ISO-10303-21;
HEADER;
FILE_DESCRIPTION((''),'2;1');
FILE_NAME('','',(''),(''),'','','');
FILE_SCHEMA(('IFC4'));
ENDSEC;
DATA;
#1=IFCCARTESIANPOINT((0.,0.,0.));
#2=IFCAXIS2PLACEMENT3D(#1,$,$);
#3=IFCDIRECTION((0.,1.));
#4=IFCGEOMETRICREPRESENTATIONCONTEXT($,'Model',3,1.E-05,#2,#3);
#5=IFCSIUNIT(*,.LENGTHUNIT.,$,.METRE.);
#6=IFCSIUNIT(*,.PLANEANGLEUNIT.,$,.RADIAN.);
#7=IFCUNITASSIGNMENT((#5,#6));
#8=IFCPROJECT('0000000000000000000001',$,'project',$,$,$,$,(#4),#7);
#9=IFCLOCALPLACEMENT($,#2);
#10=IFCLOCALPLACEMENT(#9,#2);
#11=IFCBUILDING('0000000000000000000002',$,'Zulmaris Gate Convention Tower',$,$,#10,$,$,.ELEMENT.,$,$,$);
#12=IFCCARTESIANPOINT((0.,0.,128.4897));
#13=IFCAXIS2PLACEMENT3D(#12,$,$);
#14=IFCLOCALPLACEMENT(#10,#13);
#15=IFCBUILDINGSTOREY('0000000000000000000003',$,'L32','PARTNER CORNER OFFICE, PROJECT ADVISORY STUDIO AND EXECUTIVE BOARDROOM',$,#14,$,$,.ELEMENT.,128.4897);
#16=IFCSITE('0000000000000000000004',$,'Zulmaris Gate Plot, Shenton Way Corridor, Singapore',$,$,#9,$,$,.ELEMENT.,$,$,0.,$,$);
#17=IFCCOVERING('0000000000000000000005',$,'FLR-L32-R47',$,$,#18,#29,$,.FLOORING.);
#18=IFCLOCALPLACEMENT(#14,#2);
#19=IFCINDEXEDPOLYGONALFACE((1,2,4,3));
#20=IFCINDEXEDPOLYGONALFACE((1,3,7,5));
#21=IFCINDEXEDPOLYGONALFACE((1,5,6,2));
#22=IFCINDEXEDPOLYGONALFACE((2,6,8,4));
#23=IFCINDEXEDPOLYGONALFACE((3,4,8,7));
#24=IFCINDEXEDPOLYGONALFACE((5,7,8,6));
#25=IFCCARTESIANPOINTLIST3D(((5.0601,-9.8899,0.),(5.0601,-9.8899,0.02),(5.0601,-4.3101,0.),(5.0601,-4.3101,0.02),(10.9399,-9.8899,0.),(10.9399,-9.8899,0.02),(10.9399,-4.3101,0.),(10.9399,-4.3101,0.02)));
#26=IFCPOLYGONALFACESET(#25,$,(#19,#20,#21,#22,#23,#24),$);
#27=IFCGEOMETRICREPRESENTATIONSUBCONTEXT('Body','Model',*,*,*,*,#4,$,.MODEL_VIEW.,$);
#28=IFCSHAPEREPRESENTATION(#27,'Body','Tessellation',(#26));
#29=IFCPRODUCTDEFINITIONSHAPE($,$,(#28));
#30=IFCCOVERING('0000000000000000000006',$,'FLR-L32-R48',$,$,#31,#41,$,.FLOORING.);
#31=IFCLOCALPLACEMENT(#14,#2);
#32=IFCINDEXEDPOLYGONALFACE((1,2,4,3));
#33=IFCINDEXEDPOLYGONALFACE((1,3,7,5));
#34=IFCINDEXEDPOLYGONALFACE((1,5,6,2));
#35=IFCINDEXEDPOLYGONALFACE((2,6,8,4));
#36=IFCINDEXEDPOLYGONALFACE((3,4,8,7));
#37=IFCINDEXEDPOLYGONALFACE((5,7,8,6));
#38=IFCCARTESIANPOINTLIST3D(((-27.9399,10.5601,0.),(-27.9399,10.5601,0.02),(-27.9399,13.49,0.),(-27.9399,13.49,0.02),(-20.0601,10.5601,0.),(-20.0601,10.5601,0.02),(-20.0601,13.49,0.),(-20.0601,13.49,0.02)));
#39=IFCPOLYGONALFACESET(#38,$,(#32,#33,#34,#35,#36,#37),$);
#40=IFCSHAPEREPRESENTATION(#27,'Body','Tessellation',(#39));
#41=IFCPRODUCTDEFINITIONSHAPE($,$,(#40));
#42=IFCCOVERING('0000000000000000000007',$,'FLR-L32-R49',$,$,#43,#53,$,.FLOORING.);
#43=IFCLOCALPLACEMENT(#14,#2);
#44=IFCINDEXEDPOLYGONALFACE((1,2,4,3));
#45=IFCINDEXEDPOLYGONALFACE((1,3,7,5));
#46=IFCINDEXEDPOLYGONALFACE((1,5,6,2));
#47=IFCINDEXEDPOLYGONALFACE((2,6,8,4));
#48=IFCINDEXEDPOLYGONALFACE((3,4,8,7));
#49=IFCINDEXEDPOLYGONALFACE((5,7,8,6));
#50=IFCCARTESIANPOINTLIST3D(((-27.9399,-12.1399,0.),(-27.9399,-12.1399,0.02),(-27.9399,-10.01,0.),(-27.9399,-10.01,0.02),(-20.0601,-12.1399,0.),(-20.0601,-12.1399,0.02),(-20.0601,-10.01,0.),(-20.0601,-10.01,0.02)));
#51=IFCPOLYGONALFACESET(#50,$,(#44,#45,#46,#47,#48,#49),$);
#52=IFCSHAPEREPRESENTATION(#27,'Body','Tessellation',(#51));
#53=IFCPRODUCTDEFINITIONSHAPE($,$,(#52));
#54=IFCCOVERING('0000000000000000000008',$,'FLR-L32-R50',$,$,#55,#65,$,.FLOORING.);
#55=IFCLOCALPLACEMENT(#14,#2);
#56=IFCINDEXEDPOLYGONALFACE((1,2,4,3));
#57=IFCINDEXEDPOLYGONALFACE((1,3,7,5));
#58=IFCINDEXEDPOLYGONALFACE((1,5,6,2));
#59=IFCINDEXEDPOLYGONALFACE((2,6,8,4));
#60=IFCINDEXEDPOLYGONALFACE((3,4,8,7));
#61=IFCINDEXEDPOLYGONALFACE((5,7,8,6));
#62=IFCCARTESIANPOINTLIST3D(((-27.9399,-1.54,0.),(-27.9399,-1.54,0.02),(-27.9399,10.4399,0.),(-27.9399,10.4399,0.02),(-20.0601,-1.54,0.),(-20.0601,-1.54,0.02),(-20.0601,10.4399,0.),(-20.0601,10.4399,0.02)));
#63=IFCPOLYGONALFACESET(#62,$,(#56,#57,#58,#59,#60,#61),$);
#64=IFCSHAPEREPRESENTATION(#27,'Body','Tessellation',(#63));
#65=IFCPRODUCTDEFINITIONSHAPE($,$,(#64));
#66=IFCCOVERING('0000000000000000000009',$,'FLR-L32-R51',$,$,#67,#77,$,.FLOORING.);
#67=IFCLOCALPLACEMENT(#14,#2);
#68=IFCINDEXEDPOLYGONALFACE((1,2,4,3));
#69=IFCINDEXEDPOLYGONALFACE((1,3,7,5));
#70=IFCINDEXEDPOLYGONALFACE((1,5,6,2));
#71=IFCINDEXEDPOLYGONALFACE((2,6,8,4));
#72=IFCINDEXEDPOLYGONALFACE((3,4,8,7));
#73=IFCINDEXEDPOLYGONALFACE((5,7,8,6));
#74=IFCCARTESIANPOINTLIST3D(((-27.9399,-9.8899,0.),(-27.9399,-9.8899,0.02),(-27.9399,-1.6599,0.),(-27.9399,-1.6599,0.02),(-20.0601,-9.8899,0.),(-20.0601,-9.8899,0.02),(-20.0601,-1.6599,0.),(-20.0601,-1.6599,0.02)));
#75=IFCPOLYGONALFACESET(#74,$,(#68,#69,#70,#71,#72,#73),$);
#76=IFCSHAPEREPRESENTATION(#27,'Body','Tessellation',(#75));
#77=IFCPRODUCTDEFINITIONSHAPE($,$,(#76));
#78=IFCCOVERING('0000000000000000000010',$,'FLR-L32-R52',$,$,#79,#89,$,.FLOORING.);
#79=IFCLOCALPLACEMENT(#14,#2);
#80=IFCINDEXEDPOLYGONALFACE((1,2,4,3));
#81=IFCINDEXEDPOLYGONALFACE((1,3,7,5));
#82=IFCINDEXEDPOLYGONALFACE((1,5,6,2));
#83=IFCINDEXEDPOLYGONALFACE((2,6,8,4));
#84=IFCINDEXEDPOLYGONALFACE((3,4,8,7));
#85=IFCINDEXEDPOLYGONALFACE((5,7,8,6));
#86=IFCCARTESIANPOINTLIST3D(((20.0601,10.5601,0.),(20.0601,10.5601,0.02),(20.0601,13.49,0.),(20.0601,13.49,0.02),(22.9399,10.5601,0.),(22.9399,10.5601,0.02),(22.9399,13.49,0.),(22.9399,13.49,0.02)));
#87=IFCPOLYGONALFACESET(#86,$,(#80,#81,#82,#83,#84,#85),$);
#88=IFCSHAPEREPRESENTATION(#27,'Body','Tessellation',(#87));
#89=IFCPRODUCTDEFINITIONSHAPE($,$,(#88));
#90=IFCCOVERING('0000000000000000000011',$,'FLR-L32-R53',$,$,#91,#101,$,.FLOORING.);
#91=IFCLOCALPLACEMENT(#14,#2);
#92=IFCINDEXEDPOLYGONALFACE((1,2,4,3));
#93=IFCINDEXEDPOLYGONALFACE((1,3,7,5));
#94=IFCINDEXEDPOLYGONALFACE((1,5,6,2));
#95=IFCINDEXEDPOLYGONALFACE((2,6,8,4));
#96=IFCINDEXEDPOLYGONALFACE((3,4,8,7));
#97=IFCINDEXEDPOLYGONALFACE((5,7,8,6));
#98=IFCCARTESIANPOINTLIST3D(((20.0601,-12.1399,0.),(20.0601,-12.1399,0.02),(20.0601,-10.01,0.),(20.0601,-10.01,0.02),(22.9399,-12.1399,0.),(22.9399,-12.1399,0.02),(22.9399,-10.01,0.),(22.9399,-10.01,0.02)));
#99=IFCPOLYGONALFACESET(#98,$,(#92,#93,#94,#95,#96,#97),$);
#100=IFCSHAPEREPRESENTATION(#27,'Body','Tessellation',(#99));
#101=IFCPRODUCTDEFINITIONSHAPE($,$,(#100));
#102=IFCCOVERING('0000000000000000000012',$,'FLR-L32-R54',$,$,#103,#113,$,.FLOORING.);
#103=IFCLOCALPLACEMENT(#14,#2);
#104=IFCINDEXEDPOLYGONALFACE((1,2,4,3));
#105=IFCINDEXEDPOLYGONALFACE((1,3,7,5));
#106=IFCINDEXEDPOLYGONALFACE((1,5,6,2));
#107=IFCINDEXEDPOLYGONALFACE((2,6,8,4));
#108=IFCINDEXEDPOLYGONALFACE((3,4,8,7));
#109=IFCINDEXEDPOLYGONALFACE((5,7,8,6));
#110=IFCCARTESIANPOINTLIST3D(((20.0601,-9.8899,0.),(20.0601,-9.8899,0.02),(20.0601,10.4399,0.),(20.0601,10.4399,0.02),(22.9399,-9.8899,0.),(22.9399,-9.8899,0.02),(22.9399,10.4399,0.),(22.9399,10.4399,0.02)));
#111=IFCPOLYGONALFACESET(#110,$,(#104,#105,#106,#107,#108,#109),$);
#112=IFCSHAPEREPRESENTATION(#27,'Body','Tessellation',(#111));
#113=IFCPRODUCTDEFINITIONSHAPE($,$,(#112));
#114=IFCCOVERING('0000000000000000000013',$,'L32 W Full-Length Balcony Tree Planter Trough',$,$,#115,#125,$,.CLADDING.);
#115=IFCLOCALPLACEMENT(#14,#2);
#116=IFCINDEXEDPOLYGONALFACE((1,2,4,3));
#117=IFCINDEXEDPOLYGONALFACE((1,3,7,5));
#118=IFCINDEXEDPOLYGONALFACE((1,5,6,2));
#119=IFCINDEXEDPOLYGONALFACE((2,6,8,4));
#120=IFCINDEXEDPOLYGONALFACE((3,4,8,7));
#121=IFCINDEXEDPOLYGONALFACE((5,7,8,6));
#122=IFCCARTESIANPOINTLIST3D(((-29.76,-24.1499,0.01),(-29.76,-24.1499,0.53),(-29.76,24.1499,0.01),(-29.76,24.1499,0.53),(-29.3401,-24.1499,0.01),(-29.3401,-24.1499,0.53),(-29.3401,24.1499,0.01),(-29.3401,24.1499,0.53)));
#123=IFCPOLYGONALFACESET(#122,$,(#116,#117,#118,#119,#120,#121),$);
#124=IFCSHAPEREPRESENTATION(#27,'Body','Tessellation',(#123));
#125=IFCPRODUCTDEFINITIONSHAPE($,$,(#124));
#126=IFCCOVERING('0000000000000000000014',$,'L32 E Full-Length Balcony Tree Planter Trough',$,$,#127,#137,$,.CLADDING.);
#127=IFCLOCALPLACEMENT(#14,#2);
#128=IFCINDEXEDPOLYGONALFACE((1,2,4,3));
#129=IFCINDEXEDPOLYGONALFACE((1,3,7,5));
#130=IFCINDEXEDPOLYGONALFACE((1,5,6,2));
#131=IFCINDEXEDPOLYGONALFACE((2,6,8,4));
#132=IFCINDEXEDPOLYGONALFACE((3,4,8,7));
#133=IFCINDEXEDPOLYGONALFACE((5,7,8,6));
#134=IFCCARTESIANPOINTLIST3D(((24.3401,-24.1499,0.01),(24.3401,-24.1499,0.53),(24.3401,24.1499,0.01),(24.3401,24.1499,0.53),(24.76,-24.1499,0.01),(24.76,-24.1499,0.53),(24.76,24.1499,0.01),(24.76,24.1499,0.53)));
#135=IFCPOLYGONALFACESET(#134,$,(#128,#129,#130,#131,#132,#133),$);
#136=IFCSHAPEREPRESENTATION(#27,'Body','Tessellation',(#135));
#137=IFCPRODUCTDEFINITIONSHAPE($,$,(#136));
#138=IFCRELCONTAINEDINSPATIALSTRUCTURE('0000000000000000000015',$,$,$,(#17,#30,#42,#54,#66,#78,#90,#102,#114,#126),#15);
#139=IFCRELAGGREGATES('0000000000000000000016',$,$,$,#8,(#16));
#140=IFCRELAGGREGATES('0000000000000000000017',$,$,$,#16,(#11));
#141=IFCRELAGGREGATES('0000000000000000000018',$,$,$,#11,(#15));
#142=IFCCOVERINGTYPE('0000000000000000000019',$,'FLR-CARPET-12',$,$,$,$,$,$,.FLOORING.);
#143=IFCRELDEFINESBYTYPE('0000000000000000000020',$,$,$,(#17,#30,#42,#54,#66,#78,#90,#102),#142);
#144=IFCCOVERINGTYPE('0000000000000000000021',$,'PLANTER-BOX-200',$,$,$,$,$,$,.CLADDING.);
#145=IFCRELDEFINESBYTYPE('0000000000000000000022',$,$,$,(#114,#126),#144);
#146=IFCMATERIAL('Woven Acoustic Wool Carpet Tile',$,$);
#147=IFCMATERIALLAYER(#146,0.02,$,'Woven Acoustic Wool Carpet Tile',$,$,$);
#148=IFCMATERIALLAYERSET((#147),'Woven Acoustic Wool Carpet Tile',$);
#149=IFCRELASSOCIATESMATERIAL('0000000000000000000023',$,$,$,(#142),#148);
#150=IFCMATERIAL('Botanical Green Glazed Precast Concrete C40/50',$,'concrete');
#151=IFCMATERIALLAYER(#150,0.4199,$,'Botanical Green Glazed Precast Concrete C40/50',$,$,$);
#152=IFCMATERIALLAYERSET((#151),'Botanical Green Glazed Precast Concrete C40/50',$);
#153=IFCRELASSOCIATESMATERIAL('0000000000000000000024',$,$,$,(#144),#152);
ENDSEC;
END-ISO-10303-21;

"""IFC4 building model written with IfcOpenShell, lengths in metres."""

from ifc_helpers import new_model, si_unit, direction, frame, origin, place, context, subcontext, project, spatial, polyline, outline, extrude, material, layer, layer_set, type_object, element, save


model = new_model("IFC4")

# Units and contexts
model_context = context("Model", 3, precision=1e-05, world=origin(), true_north=direction((0.0, 1.0)))
body_context = subcontext(model_context, "Body", "Model", "MODEL_VIEW")
ifc_project = project(units=[si_unit("LENGTHUNIT", "METRE"), si_unit("PLANEANGLEUNIT", "RADIAN")], contexts=[model_context])

# Site, building, storey
site_placement = place(None, origin())
site = spatial("IfcSite", under=ifc_project, at=site_placement, Name="Zulmaris Gate Plot, Shenton Way Corridor, Singapore", CompositionType="ELEMENT", RefElevation=0.0)
building_placement = place(site_placement, origin())
building = spatial("IfcBuilding", under=site, at=building_placement, Name="Zulmaris Gate Convention Tower", CompositionType="ELEMENT")
storey_placement = place(building_placement, frame((0.0, 0.0, 128.4897)))
storey = spatial("IfcBuildingStorey", under=building, at=storey_placement, Name="L32", Description="PARTNER CORNER OFFICE, PROJECT ADVISORY STUDIO AND EXECUTIVE BOARDROOM", CompositionType="ELEMENT", Elevation=128.4897)

# Coverings
ifc_material_1 = material(Name="Woven Acoustic Wool Carpet Tile")
ifc_layer_1 = layer(ifc_material_1, 0.02, Name="Woven Acoustic Wool Carpet Tile")
ifc_layer_set_1 = layer_set([ifc_layer_1], Name="Woven Acoustic Wool Carpet Tile")
covering_type_1 = type_object("IfcCoveringType", Name="FLR-CARPET-12", PredefinedType="FLOORING", material=ifc_layer_set_1)
covering_1_placement = place(storey_placement, origin())
element("IfcCovering", 1, at=covering_1_placement, inside=storey, type_object=covering_type_1, Name="FLR-L32-R47", PredefinedType="FLOORING", context=body_context, shape_type="SweptSolid", body=[
    extrude(outline(polyline([(5.0601, -9.8899), (10.9399, -9.8899), (10.9399, -4.3101), (5.0601, -4.3101), (5.0601, -9.8899)])), origin(), (0.0, 0.0, 1.0), 0.02),
])
covering_2_placement = place(storey_placement, origin())
element("IfcCovering", 2, at=covering_2_placement, inside=storey, type_object=covering_type_1, Name="FLR-L32-R48", PredefinedType="FLOORING", context=body_context, shape_type="SweptSolid", body=[
    extrude(outline(polyline([(-27.9399, 10.5601), (-20.0601, 10.5601), (-20.0601, 13.49), (-27.9399, 13.49), (-27.9399, 10.5601)])), origin(), (0.0, 0.0, 1.0), 0.02),
])
covering_3_placement = place(storey_placement, origin())
element("IfcCovering", 3, at=covering_3_placement, inside=storey, type_object=covering_type_1, Name="FLR-L32-R49", PredefinedType="FLOORING", context=body_context, shape_type="SweptSolid", body=[
    extrude(outline(polyline([(-27.9399, -12.1399), (-20.0601, -12.1399), (-20.0601, -10.01), (-27.9399, -10.01), (-27.9399, -12.1399)])), origin(), (0.0, 0.0, 1.0), 0.02),
])
covering_4_placement = place(storey_placement, origin())
element("IfcCovering", 4, at=covering_4_placement, inside=storey, type_object=covering_type_1, Name="FLR-L32-R50", PredefinedType="FLOORING", context=body_context, shape_type="SweptSolid", body=[
    extrude(outline(polyline([(-27.9399, -1.54), (-20.0601, -1.54), (-20.0601, 10.4399), (-27.9399, 10.4399), (-27.9399, -1.54)])), origin(), (0.0, 0.0, 1.0), 0.02),
])
covering_5_placement = place(storey_placement, origin())
element("IfcCovering", 5, at=covering_5_placement, inside=storey, type_object=covering_type_1, Name="FLR-L32-R51", PredefinedType="FLOORING", context=body_context, shape_type="SweptSolid", body=[
    extrude(outline(polyline([(-27.9399, -9.8899), (-20.0601, -9.8899), (-20.0601, -1.6599), (-27.9399, -1.6599), (-27.9399, -9.8899)])), origin(), (0.0, 0.0, 1.0), 0.02),
])
covering_6_placement = place(storey_placement, origin())
element("IfcCovering", 6, at=covering_6_placement, inside=storey, type_object=covering_type_1, Name="FLR-L32-R52", PredefinedType="FLOORING", context=body_context, shape_type="SweptSolid", body=[
    extrude(outline(polyline([(20.0601, 10.5601), (22.9399, 10.5601), (22.9399, 13.49), (20.0601, 13.49), (20.0601, 10.5601)])), origin(), (0.0, 0.0, 1.0), 0.02),
])
covering_7_placement = place(storey_placement, origin())
element("IfcCovering", 7, at=covering_7_placement, inside=storey, type_object=covering_type_1, Name="FLR-L32-R53", PredefinedType="FLOORING", context=body_context, shape_type="SweptSolid", body=[
    extrude(outline(polyline([(20.0601, -12.1399), (22.9399, -12.1399), (22.9399, -10.01), (20.0601, -10.01), (20.0601, -12.1399)])), origin(), (0.0, 0.0, 1.0), 0.02),
])
covering_8_placement = place(storey_placement, origin())
element("IfcCovering", 8, at=covering_8_placement, inside=storey, type_object=covering_type_1, Name="FLR-L32-R54", PredefinedType="FLOORING", context=body_context, shape_type="SweptSolid", body=[
    extrude(outline(polyline([(20.0601, -9.8899), (22.9399, -9.8899), (22.9399, 10.4399), (20.0601, 10.4399), (20.0601, -9.8899)])), origin(), (0.0, 0.0, 1.0), 0.02),
])
ifc_material_2 = material(Name="Botanical Green Glazed Precast Concrete C40/50", Category="concrete")
ifc_layer_2 = layer(ifc_material_2, 0.4199, Name="Botanical Green Glazed Precast Concrete C40/50")
ifc_layer_set_2 = layer_set([ifc_layer_2], Name="Botanical Green Glazed Precast Concrete C40/50")
covering_type_2 = type_object("IfcCoveringType", Name="PLANTER-BOX-200", PredefinedType="CLADDING", material=ifc_layer_set_2)
covering_9_placement = place(storey_placement, frame((0.0, 0.0, 0.01)))
element("IfcCovering", 9, at=covering_9_placement, inside=storey, type_object=covering_type_2, Name="L32 W Full-Length Balcony Tree Planter Trough", PredefinedType="CLADDING", context=body_context, shape_type="SweptSolid", body=[
    extrude(outline(polyline([(-29.76, -24.1499), (-29.3401, -24.1499), (-29.3401, 24.1499), (-29.76, 24.1499), (-29.76, -24.1499)])), origin(), (0.0, 0.0, 1.0), 0.52),
])
covering_10_placement = place(storey_placement, frame((0.0, 0.0, 0.01)))
element("IfcCovering", 10, at=covering_10_placement, inside=storey, type_object=covering_type_2, Name="L32 E Full-Length Balcony Tree Planter Trough", PredefinedType="CLADDING", context=body_context, shape_type="SweptSolid", body=[
    extrude(outline(polyline([(24.3401, -24.1499), (24.76, -24.1499), (24.76, 24.1499), (24.3401, 24.1499), (24.3401, -24.1499)])), origin(), (0.0, 0.0, 1.0), 0.52),
])

save(model, "model.ifc")
